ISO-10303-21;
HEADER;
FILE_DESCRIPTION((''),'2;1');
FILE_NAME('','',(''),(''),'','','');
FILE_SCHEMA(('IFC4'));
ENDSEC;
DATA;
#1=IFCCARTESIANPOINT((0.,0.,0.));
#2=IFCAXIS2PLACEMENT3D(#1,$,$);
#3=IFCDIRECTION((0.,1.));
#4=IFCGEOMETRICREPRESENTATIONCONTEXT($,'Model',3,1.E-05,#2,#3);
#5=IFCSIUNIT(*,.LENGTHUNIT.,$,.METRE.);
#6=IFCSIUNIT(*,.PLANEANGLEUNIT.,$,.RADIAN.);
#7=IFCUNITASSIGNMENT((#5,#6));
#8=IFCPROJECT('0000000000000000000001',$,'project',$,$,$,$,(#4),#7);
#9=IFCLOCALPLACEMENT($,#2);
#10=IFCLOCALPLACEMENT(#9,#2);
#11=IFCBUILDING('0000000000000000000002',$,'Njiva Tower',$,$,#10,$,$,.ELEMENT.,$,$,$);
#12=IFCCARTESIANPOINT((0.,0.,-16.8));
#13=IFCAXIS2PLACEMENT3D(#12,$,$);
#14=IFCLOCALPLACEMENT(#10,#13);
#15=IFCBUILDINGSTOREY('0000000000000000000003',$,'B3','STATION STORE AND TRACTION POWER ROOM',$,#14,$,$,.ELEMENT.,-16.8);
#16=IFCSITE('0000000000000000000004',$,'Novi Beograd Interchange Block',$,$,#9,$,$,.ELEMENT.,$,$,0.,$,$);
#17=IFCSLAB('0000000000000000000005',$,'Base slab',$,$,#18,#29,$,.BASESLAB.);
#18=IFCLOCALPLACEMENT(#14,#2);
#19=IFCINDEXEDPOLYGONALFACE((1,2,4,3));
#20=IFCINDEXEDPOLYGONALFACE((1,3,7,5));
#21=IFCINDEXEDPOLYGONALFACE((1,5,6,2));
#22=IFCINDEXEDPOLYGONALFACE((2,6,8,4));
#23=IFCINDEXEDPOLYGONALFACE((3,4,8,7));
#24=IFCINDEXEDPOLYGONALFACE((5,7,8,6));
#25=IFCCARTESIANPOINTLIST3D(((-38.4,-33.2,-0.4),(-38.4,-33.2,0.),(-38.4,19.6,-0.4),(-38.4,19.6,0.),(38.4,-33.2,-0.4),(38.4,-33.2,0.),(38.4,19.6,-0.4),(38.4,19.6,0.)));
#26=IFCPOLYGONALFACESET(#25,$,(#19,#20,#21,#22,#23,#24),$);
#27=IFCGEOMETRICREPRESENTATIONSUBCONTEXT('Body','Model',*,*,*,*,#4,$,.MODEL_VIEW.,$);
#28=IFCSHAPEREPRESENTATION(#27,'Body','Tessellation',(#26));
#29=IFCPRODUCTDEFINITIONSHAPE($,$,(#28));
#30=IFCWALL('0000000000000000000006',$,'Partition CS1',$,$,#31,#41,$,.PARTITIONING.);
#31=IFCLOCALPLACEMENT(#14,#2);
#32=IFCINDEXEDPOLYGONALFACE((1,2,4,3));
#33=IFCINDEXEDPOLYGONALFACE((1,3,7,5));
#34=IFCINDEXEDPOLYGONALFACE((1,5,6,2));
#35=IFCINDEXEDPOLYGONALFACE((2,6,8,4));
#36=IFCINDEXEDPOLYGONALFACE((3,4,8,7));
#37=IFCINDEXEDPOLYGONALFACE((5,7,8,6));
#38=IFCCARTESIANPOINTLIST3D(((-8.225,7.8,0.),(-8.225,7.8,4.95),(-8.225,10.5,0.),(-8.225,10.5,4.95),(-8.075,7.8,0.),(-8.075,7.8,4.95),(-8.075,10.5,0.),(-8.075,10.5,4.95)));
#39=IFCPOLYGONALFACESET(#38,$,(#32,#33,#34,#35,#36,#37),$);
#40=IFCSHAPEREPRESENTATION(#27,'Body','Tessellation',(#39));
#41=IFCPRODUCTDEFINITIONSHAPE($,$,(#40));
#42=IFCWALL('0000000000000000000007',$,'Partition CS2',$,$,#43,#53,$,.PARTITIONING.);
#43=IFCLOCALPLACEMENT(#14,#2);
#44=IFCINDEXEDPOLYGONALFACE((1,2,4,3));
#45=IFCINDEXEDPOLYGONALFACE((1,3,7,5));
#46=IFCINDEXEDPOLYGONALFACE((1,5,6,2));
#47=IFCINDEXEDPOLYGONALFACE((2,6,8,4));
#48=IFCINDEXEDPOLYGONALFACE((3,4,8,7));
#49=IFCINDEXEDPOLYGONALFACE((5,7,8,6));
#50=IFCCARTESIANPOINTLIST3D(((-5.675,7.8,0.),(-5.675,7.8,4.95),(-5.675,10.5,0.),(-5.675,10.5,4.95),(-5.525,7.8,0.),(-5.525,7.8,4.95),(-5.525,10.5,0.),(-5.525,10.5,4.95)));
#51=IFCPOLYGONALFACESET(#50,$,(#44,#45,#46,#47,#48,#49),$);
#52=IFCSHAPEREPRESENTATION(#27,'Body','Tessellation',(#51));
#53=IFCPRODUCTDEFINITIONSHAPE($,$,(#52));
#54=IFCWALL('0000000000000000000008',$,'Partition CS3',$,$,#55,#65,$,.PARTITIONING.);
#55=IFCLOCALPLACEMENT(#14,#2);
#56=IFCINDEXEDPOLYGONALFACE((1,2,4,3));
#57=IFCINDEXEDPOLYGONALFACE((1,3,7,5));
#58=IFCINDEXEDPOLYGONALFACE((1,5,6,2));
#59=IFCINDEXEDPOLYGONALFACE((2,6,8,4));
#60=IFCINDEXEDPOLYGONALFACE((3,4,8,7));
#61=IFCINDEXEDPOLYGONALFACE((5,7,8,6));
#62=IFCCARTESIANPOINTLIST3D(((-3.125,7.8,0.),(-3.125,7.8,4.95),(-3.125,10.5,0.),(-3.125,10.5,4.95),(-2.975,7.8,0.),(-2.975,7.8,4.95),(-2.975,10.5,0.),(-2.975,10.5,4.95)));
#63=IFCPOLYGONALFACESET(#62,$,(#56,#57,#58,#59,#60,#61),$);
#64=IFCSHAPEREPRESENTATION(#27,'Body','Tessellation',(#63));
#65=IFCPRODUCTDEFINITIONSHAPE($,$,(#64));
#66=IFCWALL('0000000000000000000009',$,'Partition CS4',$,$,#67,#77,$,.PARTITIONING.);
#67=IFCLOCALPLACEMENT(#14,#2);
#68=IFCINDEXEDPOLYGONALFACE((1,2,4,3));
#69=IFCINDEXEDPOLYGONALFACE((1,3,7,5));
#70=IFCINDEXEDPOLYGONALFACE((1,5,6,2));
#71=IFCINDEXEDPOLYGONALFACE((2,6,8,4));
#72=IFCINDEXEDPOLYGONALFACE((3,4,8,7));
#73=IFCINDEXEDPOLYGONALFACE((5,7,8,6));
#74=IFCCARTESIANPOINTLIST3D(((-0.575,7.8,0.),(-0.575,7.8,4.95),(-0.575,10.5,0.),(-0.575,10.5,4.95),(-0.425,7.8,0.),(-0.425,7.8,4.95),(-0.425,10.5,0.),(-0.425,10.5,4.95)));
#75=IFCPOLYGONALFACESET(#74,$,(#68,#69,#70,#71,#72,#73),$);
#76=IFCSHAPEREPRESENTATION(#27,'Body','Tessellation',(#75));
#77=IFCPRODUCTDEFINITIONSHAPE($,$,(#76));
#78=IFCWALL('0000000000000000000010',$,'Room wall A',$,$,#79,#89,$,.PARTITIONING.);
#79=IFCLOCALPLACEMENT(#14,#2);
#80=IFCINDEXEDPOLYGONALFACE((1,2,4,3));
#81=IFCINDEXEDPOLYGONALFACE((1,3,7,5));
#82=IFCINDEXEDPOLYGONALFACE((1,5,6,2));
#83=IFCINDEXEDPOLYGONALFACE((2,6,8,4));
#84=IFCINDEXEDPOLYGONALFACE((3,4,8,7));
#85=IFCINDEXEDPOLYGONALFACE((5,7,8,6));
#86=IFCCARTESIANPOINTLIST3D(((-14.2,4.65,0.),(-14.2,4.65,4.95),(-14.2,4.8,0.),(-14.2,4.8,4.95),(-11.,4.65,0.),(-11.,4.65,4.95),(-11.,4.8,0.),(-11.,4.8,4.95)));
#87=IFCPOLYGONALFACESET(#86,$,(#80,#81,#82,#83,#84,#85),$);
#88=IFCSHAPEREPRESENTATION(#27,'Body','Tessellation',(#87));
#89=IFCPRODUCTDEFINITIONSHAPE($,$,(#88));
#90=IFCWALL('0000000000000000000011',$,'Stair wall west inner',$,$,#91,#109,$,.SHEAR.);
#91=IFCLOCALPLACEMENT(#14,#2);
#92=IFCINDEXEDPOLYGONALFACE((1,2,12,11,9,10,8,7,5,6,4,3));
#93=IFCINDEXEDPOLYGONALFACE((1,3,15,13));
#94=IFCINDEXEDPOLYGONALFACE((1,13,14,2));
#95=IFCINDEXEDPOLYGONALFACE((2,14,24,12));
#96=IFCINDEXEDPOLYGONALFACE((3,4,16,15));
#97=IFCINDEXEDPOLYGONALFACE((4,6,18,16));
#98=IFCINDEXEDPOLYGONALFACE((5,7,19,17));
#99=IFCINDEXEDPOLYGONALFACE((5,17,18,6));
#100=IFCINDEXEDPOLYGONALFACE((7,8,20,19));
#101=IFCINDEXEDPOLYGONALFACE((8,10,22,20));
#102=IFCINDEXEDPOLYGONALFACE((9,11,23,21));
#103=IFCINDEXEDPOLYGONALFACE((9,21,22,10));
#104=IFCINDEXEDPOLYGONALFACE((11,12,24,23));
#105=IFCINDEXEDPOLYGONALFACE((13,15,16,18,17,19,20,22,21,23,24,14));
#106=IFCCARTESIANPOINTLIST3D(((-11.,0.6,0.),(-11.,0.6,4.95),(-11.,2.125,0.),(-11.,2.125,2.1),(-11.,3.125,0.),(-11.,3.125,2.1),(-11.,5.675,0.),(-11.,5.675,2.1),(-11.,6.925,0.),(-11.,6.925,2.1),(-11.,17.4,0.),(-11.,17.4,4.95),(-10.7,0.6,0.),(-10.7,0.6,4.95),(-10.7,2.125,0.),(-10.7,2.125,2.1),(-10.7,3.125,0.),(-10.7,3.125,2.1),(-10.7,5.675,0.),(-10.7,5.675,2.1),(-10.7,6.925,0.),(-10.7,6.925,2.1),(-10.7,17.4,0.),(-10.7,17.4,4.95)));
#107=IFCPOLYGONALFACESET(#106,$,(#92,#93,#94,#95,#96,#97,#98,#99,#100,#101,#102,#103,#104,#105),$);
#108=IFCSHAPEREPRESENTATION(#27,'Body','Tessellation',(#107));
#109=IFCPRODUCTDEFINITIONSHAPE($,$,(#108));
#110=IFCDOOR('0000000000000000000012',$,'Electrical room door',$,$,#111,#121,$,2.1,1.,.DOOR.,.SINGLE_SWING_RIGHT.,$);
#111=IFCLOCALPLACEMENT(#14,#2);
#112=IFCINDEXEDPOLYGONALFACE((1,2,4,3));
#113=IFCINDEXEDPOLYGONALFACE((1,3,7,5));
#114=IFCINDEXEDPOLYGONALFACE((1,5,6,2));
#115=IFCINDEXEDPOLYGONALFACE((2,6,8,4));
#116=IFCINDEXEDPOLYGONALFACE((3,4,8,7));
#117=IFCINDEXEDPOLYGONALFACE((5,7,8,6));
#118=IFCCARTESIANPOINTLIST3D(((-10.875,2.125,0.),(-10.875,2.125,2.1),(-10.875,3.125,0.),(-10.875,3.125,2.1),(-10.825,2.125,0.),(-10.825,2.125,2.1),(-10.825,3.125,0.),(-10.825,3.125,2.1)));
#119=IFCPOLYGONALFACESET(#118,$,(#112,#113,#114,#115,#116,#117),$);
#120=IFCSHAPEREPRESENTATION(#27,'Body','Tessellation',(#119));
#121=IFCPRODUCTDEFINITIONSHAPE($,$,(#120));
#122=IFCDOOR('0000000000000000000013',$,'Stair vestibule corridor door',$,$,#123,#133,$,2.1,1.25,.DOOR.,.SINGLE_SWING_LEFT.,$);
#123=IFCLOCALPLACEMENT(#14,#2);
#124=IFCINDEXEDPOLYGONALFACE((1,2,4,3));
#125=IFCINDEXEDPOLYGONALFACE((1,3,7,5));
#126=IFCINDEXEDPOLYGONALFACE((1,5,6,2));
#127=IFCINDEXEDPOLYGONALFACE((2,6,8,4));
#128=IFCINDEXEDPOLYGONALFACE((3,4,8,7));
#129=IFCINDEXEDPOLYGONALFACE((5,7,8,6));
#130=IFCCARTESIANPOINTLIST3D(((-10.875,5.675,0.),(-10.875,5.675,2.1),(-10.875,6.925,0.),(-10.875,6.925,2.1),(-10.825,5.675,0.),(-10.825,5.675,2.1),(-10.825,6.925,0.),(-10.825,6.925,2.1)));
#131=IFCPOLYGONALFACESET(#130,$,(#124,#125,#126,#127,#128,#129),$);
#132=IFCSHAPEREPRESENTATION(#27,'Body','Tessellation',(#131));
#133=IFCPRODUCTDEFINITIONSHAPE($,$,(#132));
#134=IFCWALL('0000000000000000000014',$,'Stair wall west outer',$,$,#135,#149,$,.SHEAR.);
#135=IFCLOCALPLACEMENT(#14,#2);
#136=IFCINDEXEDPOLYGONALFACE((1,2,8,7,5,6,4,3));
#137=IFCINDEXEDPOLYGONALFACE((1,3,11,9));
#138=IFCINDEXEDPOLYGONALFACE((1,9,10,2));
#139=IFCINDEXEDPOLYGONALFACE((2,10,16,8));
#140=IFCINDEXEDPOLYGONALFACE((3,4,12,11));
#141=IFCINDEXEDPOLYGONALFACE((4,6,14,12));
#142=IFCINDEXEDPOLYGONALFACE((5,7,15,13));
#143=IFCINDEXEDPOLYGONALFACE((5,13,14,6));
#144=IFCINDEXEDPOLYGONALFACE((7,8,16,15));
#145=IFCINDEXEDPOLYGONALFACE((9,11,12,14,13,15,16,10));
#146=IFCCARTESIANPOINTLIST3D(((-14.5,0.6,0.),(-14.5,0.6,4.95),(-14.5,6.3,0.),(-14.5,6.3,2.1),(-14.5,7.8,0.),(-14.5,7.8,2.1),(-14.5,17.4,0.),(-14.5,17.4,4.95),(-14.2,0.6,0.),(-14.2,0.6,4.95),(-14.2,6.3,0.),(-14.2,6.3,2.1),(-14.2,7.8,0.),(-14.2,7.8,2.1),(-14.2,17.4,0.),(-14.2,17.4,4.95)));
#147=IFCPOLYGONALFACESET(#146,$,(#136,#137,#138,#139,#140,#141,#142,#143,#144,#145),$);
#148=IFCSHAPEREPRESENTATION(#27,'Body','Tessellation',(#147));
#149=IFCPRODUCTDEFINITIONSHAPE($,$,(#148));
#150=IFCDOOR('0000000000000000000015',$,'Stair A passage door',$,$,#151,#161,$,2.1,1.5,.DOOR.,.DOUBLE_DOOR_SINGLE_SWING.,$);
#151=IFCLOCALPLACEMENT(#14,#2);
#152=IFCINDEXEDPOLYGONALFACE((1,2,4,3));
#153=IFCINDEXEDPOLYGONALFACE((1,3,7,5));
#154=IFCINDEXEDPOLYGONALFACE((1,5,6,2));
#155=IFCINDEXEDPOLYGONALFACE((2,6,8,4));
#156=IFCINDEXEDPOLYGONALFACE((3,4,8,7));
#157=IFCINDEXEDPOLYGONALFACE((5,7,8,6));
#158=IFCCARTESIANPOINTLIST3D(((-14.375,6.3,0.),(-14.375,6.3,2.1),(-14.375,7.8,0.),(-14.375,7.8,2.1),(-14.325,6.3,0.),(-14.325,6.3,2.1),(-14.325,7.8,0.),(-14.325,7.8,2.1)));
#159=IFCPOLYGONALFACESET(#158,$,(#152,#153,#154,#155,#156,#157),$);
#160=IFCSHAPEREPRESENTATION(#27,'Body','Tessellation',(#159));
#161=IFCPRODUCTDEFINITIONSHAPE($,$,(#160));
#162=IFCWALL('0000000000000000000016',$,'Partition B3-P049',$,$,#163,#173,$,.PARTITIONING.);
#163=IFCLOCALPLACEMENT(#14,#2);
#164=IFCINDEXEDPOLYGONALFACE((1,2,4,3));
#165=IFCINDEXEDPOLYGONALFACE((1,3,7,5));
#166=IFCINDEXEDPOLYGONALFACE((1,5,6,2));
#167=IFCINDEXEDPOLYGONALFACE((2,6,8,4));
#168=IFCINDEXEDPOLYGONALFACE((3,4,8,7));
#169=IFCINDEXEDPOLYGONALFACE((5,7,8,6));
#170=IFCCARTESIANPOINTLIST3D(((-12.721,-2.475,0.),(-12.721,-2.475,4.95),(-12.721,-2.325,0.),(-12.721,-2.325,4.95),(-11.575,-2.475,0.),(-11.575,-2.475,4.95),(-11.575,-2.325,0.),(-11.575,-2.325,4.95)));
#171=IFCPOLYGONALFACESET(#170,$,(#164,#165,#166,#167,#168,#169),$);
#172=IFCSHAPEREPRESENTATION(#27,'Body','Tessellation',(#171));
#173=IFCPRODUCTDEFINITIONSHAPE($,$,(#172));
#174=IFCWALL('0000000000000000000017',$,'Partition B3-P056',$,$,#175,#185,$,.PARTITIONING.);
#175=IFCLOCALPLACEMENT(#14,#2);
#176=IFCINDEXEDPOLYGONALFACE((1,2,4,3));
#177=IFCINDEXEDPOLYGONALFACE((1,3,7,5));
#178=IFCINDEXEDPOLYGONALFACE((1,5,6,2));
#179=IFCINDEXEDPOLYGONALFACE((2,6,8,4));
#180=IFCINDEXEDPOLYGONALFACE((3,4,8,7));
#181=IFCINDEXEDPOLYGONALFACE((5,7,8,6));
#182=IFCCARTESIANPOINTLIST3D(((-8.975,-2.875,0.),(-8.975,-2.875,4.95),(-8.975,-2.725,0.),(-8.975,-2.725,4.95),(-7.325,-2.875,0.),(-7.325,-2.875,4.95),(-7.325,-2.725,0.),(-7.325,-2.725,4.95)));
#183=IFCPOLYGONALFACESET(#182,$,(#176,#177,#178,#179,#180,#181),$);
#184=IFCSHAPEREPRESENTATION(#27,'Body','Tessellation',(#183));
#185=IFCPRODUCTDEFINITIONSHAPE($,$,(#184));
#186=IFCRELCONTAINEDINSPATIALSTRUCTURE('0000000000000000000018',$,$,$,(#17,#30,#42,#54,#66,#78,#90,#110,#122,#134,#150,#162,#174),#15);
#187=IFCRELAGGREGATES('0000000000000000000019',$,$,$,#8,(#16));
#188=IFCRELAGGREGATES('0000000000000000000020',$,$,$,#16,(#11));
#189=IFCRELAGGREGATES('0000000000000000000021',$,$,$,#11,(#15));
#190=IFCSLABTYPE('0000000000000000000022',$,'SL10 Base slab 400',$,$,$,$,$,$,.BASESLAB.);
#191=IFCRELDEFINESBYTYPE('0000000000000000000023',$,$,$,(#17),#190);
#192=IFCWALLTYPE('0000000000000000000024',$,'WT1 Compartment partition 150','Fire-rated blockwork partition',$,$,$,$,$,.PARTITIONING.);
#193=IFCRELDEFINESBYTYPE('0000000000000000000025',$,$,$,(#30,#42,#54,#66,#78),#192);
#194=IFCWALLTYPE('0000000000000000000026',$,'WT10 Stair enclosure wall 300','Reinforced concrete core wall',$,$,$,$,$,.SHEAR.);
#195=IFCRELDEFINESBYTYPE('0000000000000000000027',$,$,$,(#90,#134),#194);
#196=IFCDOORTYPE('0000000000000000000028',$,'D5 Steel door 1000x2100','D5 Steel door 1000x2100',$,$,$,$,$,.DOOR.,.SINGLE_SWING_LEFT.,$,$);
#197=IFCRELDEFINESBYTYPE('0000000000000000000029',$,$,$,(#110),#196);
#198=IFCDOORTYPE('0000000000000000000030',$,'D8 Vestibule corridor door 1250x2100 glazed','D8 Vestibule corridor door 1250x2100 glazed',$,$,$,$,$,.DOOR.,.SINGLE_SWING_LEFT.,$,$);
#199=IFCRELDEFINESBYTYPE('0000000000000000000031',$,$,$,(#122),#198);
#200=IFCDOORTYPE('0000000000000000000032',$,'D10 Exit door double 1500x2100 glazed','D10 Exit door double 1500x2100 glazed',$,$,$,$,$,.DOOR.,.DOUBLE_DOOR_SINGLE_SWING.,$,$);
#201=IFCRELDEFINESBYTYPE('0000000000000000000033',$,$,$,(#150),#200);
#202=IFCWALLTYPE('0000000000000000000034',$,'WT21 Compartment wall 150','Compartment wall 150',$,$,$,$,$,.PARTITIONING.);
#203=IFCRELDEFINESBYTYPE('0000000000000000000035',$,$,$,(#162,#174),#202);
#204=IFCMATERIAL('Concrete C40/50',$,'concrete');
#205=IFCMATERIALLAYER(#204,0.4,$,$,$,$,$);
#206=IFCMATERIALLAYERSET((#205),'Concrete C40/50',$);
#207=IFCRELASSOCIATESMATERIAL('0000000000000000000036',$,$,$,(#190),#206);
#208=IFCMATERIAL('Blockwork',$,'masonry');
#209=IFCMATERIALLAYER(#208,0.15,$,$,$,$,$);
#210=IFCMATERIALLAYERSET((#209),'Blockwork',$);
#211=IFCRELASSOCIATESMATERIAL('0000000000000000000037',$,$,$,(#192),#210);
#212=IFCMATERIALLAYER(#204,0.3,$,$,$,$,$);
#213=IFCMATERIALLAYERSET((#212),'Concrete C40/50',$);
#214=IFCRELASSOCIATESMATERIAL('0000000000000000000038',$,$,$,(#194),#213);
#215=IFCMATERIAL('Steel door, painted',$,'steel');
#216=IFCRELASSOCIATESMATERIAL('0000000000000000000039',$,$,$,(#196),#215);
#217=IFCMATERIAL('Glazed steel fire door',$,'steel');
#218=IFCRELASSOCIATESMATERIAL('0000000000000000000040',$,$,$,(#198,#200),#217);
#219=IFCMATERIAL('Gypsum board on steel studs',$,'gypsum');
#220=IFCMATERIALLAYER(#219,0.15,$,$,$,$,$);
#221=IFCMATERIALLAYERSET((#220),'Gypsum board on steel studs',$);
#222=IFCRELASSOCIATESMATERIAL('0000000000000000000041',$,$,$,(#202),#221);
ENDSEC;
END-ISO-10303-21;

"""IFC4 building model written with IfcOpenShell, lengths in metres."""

from ifc_helpers import new_model, si_unit, direction, frame, frame_2d, origin, place, context, subcontext, project, spatial, polyline, rectangle, outline, extrude, material, layer, layer_set, type_object, element, fill, save


model = new_model("IFC4")

# Units and contexts
model_context = context("Model", 3, precision=1e-05, world=origin(), true_north=direction((0.0, 1.0)))
body_context = subcontext(model_context, "Body", "Model", "MODEL_VIEW")
ifc_project = project(units=[si_unit("LENGTHUNIT", "METRE"), si_unit("PLANEANGLEUNIT", "RADIAN")], contexts=[model_context])

# Site, building, storey
site_placement = place(None, origin())
site = spatial("IfcSite", under=ifc_project, at=site_placement, Name="Novi Beograd Interchange Block", CompositionType="ELEMENT", RefElevation=0.0)
building_placement = place(site_placement, origin())
building = spatial("IfcBuilding", under=site, at=building_placement, Name="Njiva Tower", CompositionType="ELEMENT")
storey_placement = place(building_placement, frame((0.0, 0.0, -16.8)))
storey = spatial("IfcBuildingStorey", under=building, at=storey_placement, Name="B3", Description="STATION STORE AND TRACTION POWER ROOM", CompositionType="ELEMENT", Elevation=-16.8)

# Shared definitions
ifc_material_1 = material(Name="Concrete C40/50", Category="concrete")

# Slab
ifc_layer_1 = layer(ifc_material_1, 0.4)
ifc_layer_set_1 = layer_set([ifc_layer_1], Name="Concrete C40/50")
slab_type = type_object("IfcSlabType", Name="SL10 Base slab 400", PredefinedType="BASESLAB", material=ifc_layer_set_1)
slab_placement = place(storey_placement, frame((0.0, 0.0, -0.4)))
element("IfcSlab", 1, at=slab_placement, inside=storey, type_object=slab_type, Name="Base slab", PredefinedType="BASESLAB", context=body_context, shape_type="SweptSolid", body=[
    extrude(outline(polyline([(38.4, -33.2), (38.4, 19.6), (-38.4, 19.6), (-38.4, -33.2), (38.4, -33.2)])), origin(), (0.0, 0.0, 1.0), 0.4),
])

# Walls
ifc_material_2 = material(Name="Blockwork", Category="masonry")
ifc_layer_2 = layer(ifc_material_2, 0.15)
ifc_layer_set_2 = layer_set([ifc_layer_2], Name="Blockwork")
wall_type_1 = type_object("IfcWallType", Name="WT1 Compartment partition 150", Description="Fire-rated blockwork partition", PredefinedType="PARTITIONING", material=ifc_layer_set_2)
for number, where, z_axis, x_axis, name in (
    (2, (-8.15, 7.8, 0.0), (0.0, 0.0, 1.0), (0.0, 1.0, 0.0), "Partition CS1"),
    (3, (-5.6, 7.8, 0.0), (0.0, 0.0, 1.0), (0.0, 1.0, 0.0), "Partition CS2"),
    (4, (-3.05, 7.8, 0.0), (0.0, 0.0, 1.0), (0.0, 1.0, 0.0), "Partition CS3"),
    (5, (-0.5, 7.8, 0.0), (0.0, 0.0, 1.0), (0.0, 1.0, 0.0), "Partition CS4"),
):
    element("IfcWall", number, at=place(storey_placement, frame(where, z_axis=z_axis, x_axis=x_axis)), inside=storey, type_object=wall_type_1, Name=name, PredefinedType="PARTITIONING", context=body_context, shape_type="SweptSolid", body=[
        extrude(rectangle(XDim=2.7, YDim=0.15, at=frame_2d((1.35, 0.0))), origin(), (0.0, 0.0, 1.0), 4.95),
    ])
wall_1_placement = place(storey_placement, frame((-14.2, 4.725, 0.0), z_axis=(0.0, 0.0, 1.0), x_axis=(1.0, 0.0, 0.0)))
element("IfcWall", 6, at=wall_1_placement, inside=storey, type_object=wall_type_1, Name="Room wall A", PredefinedType="PARTITIONING", context=body_context, shape_type="SweptSolid", body=[
    extrude(rectangle(XDim=3.2, YDim=0.15, at=frame_2d((1.6, 0.0))), origin(), (0.0, 0.0, 1.0), 4.95),
])

# Wall, openings, doors
ifc_layer_3 = layer(ifc_material_1, 0.3)
ifc_layer_set_3 = layer_set([ifc_layer_3], Name="Concrete C40/50")
wall_type_2 = type_object("IfcWallType", Name="WT10 Stair enclosure wall 300", Description="Reinforced concrete core wall", PredefinedType="SHEAR", material=ifc_layer_set_3)
wall_2_placement = place(storey_placement, frame((-10.85, 0.6, 0.0), z_axis=(0.0, 0.0, 1.0), x_axis=(0.0, 1.0, 0.0)))
wall_2 = element("IfcWall", 7, at=wall_2_placement, inside=storey, type_object=wall_type_2, Name="Stair wall west inner", PredefinedType="SHEAR", context=body_context, shape_type="SweptSolid", body=[
    extrude(rectangle(XDim=16.8, YDim=0.3, at=frame_2d((8.4, 0.0))), origin(), (0.0, 0.0, 1.0), 4.95),
])
opening_1_placement = place(wall_2_placement, frame((5.075, 0.0, 0.0)))
opening_1 = element("IfcOpeningElement", 8, at=opening_1_placement, cuts=wall_2, PredefinedType="OPENING", context=body_context, shape_type="SweptSolid", body=[
    extrude(rectangle(XDim=1.25, YDim=2.1, at=frame_2d((0.625, 1.05))), frame((0.0, 0.16, 0.0), z_axis=(0.0, -1.0, 0.0), x_axis=(1.0, 0.0, 0.0)), (0.0, 0.0, 1.0), 0.32),
])
opening_2_placement = place(wall_2_placement, frame((1.525, 0.0, 0.0)))
opening_2 = element("IfcOpeningElement", 9, at=opening_2_placement, cuts=wall_2, PredefinedType="OPENING", context=body_context, shape_type="SweptSolid", body=[
    extrude(rectangle(XDim=1.0, YDim=2.1, at=frame_2d((0.5, 1.05))), frame((0.0, 0.16, 0.0), z_axis=(0.0, -1.0, 0.0), x_axis=(1.0, 0.0, 0.0)), (0.0, 0.0, 1.0), 0.32),
])
ifc_material_3 = material(Name="Steel door, painted", Category="steel")
door_type_1 = type_object("IfcDoorType", Name="D5 Steel door 1000x2100", Description="D5 Steel door 1000x2100", OperationType="SINGLE_SWING_LEFT", PredefinedType="DOOR", material=ifc_material_3)
door_1_placement = place(opening_2_placement, origin())
door_1 = element("IfcDoor", 10, at=door_1_placement, inside=storey, type_object=door_type_1, Name="Electrical room door", OperationType="SINGLE_SWING_RIGHT", OverallHeight=2.1, OverallWidth=1.0, PredefinedType="DOOR", context=body_context, shape_type="SweptSolid", body=[
    extrude(rectangle(XDim=1.0, YDim=2.1, at=frame_2d((0.5, 1.05))), frame((0.0, 0.025, 0.0), z_axis=(0.0, -1.0, 0.0), x_axis=(1.0, 0.0, 0.0)), (0.0, 0.0, 1.0), 0.05),
])
fill(opening_2, door_1)
ifc_material_4 = material(Name="Glazed steel fire door", Category="steel")
door_type_2 = type_object("IfcDoorType", Name="D8 Vestibule corridor door 1250x2100 glazed", Description="D8 Vestibule corridor door 1250x2100 glazed", OperationType="SINGLE_SWING_LEFT", PredefinedType="DOOR", material=ifc_material_4)
door_2_placement = place(opening_1_placement, origin())
door_2 = element("IfcDoor", 11, at=door_2_placement, inside=storey, type_object=door_type_2, Name="Stair vestibule corridor door", OperationType="SINGLE_SWING_LEFT", OverallHeight=2.1, OverallWidth=1.25, PredefinedType="DOOR", context=body_context, shape_type="SweptSolid", body=[
    extrude(rectangle(XDim=1.25, YDim=2.1, at=frame_2d((0.625, 1.05))), frame((0.0, 0.025, 0.0), z_axis=(0.0, -1.0, 0.0), x_axis=(1.0, 0.0, 0.0)), (0.0, 0.0, 1.0), 0.05),
])
fill(opening_1, door_2)

# Wall, opening, door
wall_3_placement = place(storey_placement, frame((-14.35, 0.6, 0.0), z_axis=(0.0, 0.0, 1.0), x_axis=(0.0, 1.0, 0.0)))
wall_3 = element("IfcWall", 12, at=wall_3_placement, inside=storey, type_object=wall_type_2, Name="Stair wall west outer", PredefinedType="SHEAR", context=body_context, shape_type="SweptSolid", body=[
    extrude(rectangle(XDim=16.8, YDim=0.3, at=frame_2d((8.4, 0.0))), origin(), (0.0, 0.0, 1.0), 4.95),
])
opening_3_placement = place(wall_3_placement, frame((5.7, 0.0, 0.0)))
opening_3 = element("IfcOpeningElement", 13, at=opening_3_placement, cuts=wall_3, PredefinedType="OPENING", context=body_context, shape_type="SweptSolid", body=[
    extrude(rectangle(XDim=1.5, YDim=2.1, at=frame_2d((0.75, 1.05))), frame((0.0, 0.16, 0.0), z_axis=(0.0, -1.0, 0.0), x_axis=(1.0, 0.0, 0.0)), (0.0, 0.0, 1.0), 0.32),
])
door_type_3 = type_object("IfcDoorType", Name="D10 Exit door double 1500x2100 glazed", Description="D10 Exit door double 1500x2100 glazed", OperationType="DOUBLE_DOOR_SINGLE_SWING", PredefinedType="DOOR", material=ifc_material_4)
door_3_placement = place(opening_3_placement, origin())
door_3 = element("IfcDoor", 14, at=door_3_placement, inside=storey, type_object=door_type_3, Name="Stair A passage door", OperationType="DOUBLE_DOOR_SINGLE_SWING", OverallHeight=2.1, OverallWidth=1.5, PredefinedType="DOOR", context=body_context, shape_type="SweptSolid", body=[
    extrude(rectangle(XDim=1.5, YDim=2.1, at=frame_2d((0.75, 1.05))), frame((0.0, 0.025, 0.0), z_axis=(0.0, -1.0, 0.0), x_axis=(1.0, 0.0, 0.0)), (0.0, 0.0, 1.0), 0.05),
])
fill(opening_3, door_3)

# Walls
ifc_material_5 = material(Name="Gypsum board on steel studs", Category="gypsum")
ifc_layer_4 = layer(ifc_material_5, 0.15)
ifc_layer_set_4 = layer_set([ifc_layer_4], Name="Gypsum board on steel studs")
wall_type_3 = type_object("IfcWallType", Name="WT21 Compartment wall 150", Description="Compartment wall 150", PredefinedType="PARTITIONING", material=ifc_layer_set_4)
wall_4_placement = place(storey_placement, frame((-12.721, -2.4, 0.0), z_axis=(0.0, 0.0, 1.0), x_axis=(1.0, 0.0, 0.0)))
element("IfcWall", 15, at=wall_4_placement, inside=storey, type_object=wall_type_3, Name="Partition B3-P049", PredefinedType="PARTITIONING", context=body_context, shape_type="SweptSolid", body=[
    extrude(rectangle(XDim=1.146, YDim=0.15, at=frame_2d((0.573, 0.0))), origin(), (0.0, 0.0, 1.0), 4.95),
])
wall_5_placement = place(storey_placement, frame((-8.975, -2.8, 0.0), z_axis=(0.0, 0.0, 1.0), x_axis=(1.0, 0.0, 0.0)))
element("IfcWall", 16, at=wall_5_placement, inside=storey, type_object=wall_type_3, Name="Partition B3-P056", PredefinedType="PARTITIONING", context=body_context, shape_type="SweptSolid", body=[
    extrude(rectangle(XDim=1.65, YDim=0.15, at=frame_2d((0.825, 0.0))), origin(), (0.0, 0.0, 1.0), 4.95),
])

save(model, "model.ifc")
